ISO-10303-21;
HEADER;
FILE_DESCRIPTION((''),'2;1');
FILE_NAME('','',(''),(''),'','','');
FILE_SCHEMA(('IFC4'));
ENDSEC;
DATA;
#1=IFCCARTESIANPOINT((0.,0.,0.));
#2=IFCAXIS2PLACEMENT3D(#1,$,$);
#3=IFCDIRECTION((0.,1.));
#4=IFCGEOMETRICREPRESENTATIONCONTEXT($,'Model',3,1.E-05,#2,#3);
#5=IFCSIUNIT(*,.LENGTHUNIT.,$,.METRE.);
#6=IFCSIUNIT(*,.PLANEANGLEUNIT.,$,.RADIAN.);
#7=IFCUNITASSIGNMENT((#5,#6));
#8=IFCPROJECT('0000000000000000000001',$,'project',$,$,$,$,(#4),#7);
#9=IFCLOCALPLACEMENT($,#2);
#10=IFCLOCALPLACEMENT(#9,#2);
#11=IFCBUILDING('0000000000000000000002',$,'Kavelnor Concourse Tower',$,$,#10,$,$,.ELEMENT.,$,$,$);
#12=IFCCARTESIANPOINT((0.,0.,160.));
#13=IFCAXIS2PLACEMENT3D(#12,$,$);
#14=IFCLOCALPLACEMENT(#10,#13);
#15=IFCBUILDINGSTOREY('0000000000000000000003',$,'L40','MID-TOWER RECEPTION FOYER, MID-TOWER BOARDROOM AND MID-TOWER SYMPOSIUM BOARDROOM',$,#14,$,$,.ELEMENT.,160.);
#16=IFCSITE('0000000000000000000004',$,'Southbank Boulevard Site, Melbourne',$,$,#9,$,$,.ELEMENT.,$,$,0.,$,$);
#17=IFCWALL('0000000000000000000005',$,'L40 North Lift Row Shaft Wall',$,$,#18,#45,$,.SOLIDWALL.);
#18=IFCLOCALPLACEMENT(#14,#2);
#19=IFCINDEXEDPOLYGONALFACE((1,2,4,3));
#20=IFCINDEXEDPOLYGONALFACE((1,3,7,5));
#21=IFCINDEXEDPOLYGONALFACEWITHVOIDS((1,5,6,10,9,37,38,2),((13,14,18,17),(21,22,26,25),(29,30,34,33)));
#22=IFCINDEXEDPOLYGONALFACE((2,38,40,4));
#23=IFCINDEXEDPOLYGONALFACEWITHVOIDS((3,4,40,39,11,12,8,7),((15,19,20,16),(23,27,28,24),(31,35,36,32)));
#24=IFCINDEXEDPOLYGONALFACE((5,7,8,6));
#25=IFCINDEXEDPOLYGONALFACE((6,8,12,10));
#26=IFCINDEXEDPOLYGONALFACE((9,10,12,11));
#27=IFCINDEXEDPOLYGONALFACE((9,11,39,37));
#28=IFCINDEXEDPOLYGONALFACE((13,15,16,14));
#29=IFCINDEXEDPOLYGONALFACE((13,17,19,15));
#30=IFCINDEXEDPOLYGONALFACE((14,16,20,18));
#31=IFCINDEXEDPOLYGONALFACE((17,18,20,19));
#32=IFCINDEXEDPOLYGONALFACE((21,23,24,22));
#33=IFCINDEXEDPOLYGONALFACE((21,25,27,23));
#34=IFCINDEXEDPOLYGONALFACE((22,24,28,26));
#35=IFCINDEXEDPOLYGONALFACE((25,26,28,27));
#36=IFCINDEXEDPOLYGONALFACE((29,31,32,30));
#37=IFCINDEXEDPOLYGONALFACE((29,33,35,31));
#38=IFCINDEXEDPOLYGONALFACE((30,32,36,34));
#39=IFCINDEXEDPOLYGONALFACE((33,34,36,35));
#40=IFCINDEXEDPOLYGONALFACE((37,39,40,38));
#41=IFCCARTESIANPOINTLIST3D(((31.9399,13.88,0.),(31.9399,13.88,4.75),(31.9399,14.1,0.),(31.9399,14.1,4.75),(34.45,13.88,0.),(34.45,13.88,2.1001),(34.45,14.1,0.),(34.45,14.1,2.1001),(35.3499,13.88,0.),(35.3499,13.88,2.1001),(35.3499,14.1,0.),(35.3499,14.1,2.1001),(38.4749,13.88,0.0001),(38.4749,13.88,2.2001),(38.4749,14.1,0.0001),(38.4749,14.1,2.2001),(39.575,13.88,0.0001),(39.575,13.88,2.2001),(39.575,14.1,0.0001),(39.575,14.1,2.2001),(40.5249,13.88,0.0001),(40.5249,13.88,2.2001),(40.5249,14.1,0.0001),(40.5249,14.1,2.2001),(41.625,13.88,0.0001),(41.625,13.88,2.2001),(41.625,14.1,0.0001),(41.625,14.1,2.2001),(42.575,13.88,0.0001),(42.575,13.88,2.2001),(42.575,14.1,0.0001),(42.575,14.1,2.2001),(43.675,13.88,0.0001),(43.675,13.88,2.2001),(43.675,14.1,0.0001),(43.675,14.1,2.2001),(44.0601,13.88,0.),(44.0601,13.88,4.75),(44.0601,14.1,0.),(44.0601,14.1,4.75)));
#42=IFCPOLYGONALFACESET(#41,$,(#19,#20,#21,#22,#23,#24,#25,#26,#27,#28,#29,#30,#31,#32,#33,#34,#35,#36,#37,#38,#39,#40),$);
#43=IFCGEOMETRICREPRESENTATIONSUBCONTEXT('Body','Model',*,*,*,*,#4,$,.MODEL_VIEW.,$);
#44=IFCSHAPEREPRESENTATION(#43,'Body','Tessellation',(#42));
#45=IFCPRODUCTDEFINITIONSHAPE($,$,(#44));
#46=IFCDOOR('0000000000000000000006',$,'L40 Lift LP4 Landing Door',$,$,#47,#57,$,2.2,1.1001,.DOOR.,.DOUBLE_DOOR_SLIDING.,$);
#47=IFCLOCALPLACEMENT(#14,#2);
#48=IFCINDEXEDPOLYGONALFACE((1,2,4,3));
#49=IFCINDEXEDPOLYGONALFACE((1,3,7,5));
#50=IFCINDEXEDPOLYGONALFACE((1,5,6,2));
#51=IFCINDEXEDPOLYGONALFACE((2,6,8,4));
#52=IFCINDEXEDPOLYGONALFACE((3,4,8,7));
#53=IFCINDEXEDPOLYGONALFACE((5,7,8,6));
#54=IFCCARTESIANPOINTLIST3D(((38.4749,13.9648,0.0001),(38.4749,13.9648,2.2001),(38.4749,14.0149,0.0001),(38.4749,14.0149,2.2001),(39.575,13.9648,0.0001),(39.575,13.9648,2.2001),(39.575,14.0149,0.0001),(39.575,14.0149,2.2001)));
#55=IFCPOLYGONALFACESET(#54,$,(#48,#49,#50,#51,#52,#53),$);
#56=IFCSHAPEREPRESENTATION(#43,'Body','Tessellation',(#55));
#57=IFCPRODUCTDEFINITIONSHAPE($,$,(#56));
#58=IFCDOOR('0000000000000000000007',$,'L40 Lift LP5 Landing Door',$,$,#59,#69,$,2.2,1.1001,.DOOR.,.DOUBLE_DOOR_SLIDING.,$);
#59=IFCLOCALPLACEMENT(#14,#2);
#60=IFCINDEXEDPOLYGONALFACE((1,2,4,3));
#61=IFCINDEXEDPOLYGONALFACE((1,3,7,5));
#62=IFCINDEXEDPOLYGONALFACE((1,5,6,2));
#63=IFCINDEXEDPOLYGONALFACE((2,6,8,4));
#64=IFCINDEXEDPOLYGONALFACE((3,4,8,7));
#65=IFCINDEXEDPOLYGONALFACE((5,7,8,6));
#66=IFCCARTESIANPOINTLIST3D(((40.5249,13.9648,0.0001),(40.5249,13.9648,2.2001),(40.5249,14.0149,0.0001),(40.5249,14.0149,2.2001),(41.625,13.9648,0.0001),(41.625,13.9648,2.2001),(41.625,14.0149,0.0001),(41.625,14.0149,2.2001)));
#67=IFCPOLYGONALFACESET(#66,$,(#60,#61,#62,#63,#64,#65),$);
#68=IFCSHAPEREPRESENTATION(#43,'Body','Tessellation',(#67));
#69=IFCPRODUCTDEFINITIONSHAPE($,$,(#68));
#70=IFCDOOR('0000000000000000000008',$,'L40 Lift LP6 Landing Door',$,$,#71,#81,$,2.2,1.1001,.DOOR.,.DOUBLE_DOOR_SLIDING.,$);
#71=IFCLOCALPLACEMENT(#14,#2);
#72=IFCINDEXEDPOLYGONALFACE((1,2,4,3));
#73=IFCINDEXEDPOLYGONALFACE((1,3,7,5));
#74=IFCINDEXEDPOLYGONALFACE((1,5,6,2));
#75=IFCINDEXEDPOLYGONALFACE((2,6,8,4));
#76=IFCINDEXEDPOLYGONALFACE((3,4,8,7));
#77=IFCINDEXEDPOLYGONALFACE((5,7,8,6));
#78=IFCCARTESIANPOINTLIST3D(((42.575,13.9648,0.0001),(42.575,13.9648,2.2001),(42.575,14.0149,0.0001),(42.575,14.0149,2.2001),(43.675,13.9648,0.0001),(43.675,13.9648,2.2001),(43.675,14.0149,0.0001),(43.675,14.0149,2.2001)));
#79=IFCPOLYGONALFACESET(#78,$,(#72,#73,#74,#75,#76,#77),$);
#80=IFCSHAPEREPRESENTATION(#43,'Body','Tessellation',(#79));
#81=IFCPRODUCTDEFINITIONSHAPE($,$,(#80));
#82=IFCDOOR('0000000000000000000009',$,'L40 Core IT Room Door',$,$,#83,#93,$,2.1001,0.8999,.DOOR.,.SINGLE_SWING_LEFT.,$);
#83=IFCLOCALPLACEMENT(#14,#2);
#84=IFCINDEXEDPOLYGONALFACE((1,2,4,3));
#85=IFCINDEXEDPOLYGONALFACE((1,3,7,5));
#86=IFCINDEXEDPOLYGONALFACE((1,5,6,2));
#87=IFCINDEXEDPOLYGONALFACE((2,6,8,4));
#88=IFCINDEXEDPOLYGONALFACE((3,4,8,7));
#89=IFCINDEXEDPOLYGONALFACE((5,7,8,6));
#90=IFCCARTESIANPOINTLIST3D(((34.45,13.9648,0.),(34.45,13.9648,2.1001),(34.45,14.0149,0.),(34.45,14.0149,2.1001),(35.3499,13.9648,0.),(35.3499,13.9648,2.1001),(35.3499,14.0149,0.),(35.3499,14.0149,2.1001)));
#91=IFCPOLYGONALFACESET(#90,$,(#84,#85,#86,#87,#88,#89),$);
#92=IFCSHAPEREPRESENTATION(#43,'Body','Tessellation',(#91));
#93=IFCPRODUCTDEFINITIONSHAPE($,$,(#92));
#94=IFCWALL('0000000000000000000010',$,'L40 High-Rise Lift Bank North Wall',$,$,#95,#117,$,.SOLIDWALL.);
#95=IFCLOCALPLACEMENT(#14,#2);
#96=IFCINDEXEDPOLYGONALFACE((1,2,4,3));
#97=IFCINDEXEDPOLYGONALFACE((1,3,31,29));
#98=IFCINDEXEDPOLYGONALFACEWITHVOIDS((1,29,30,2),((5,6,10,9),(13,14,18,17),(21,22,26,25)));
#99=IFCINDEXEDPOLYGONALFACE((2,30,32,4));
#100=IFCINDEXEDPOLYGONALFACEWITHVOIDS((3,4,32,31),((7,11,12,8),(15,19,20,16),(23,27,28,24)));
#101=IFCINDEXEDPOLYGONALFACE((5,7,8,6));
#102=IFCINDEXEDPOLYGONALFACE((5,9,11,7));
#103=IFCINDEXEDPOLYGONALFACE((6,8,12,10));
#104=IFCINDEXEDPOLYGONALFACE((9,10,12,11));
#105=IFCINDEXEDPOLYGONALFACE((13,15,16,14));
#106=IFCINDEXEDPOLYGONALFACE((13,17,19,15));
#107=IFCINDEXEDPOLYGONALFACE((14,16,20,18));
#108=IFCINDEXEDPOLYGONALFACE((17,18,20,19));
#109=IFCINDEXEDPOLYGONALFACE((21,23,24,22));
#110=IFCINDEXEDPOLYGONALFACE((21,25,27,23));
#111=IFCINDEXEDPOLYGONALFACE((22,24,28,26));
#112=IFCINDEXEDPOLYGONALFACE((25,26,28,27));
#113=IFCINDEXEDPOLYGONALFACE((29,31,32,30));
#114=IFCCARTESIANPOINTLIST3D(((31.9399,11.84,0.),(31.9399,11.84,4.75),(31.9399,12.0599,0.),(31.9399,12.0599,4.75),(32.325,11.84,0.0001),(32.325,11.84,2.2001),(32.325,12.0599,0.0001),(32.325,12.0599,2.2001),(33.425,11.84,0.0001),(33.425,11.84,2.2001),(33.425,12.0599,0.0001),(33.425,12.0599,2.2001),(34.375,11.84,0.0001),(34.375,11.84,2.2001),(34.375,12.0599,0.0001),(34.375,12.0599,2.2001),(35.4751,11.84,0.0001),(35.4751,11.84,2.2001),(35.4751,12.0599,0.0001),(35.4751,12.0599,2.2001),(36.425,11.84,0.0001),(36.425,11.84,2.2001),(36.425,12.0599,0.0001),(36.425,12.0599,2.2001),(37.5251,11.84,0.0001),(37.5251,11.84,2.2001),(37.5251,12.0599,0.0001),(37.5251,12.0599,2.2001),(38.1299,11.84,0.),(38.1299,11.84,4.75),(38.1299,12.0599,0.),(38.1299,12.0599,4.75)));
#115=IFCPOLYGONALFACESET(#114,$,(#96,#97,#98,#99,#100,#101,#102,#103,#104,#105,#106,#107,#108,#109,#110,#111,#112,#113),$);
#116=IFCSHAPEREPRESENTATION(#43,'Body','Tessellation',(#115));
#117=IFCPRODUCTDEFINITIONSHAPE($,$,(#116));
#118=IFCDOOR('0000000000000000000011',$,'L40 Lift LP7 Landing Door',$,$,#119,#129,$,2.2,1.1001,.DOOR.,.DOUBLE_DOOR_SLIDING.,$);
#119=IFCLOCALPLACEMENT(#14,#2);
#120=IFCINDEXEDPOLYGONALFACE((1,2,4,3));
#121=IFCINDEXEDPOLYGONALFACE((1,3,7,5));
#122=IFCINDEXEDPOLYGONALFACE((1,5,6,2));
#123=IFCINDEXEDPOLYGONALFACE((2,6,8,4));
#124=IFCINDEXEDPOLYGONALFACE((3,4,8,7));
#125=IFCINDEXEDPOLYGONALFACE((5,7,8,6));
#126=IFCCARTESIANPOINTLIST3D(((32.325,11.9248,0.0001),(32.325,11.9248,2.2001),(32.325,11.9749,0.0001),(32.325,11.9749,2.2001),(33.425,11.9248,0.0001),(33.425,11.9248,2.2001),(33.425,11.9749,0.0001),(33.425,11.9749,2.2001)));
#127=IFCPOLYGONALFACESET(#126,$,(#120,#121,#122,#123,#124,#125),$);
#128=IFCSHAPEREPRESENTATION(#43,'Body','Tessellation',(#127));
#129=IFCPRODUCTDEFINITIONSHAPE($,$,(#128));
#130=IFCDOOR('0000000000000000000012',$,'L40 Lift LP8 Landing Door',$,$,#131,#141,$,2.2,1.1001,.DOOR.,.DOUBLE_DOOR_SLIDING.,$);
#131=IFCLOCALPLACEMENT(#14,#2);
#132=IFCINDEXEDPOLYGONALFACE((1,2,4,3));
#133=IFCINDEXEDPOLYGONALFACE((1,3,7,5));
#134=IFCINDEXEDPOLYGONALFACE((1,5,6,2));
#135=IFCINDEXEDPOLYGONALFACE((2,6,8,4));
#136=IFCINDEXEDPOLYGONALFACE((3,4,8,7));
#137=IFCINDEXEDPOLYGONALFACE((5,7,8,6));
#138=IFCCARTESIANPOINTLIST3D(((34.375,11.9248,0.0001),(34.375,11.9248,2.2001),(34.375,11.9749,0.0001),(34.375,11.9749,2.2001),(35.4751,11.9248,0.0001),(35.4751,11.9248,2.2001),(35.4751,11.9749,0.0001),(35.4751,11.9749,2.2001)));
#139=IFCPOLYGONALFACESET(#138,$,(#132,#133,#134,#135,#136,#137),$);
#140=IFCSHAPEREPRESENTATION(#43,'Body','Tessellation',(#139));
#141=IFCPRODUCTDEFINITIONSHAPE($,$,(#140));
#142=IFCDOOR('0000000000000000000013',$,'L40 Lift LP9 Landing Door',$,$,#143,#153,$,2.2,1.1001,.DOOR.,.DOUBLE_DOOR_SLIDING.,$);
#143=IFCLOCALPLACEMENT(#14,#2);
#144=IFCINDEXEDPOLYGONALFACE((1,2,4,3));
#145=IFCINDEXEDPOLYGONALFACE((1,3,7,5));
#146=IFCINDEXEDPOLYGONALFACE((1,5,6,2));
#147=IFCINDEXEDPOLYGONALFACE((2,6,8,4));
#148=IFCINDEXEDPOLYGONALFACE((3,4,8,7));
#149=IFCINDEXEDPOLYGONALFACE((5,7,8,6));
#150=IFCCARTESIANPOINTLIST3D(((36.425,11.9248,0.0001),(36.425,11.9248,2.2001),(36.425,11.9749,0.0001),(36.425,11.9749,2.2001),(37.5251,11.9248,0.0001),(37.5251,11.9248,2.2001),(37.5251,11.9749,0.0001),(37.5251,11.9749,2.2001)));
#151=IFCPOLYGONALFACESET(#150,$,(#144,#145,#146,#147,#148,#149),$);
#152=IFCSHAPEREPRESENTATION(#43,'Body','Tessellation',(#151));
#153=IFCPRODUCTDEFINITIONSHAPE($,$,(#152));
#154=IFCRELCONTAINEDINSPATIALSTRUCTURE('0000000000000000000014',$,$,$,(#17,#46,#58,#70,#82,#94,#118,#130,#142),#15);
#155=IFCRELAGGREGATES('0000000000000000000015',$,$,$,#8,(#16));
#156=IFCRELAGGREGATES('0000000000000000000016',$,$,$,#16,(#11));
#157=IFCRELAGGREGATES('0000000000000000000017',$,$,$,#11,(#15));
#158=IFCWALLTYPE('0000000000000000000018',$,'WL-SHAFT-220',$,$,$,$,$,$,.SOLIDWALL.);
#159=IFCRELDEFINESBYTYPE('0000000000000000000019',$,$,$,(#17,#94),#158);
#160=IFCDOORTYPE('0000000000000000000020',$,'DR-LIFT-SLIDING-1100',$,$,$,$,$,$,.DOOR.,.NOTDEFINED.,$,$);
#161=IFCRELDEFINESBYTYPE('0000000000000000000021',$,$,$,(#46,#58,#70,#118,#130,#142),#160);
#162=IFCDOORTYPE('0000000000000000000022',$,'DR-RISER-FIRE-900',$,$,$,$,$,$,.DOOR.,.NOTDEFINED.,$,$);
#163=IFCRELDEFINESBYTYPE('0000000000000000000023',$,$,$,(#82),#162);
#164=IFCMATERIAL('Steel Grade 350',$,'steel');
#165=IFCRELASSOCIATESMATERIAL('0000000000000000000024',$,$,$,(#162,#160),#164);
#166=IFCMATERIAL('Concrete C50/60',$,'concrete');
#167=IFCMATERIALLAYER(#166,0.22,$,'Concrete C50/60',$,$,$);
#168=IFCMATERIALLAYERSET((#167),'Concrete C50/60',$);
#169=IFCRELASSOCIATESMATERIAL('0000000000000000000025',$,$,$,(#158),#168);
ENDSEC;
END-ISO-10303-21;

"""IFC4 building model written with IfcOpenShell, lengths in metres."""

from ifc_helpers import new_model, si_unit, direction, frame, frame_2d, origin, place, context, subcontext, project, spatial, rectangle, extrude, material, layer, layer_set, type_object, element, fill, save


model = new_model("IFC4")

# Units and contexts
model_context = context("Model", 3, precision=1e-05, world=origin(), true_north=direction((0.0, 1.0)))
body_context = subcontext(model_context, "Body", "Model", "MODEL_VIEW")
ifc_project = project(units=[si_unit("LENGTHUNIT", "METRE"), si_unit("PLANEANGLEUNIT", "RADIAN")], contexts=[model_context])

# Site, building, storey
site_placement = place(None, origin())
site = spatial("IfcSite", under=ifc_project, at=site_placement, Name="Southbank Boulevard Site, Melbourne", CompositionType="ELEMENT", RefElevation=0.0)
building_placement = place(site_placement, origin())
building = spatial("IfcBuilding", under=site, at=building_placement, Name="Kavelnor Concourse Tower", CompositionType="ELEMENT")
storey_placement = place(building_placement, frame((0.0, 0.0, 160.0)))
storey = spatial("IfcBuildingStorey", under=building, at=storey_placement, Name="L40", Description="MID-TOWER RECEPTION FOYER, MID-TOWER BOARDROOM AND MID-TOWER SYMPOSIUM BOARDROOM", CompositionType="ELEMENT", Elevation=160.0)

# Shared definitions
ifc_material_1 = material(Name="Steel Grade 350", Category="steel")

# Shared definitions
ifc_material_2 = material(Name="Concrete C50/60", Category="concrete")

# Shared definitions
door_type_1 = type_object("IfcDoorType", Name="DR-RISER-FIRE-900", OperationType="NOTDEFINED", PredefinedType="DOOR", material=ifc_material_1)

# Shared definitions
ifc_layer_1 = layer(ifc_material_2, 0.22, Name="Concrete C50/60")
ifc_layer_set_1 = layer_set([ifc_layer_1], Name="Concrete C50/60")
wall_type_1 = type_object("IfcWallType", Name="WL-SHAFT-220", PredefinedType="SOLIDWALL", material=ifc_layer_set_1)

# Walls, openings, doors
wall_1_placement = place(storey_placement, frame((31.9399, 13.99, 0.0), z_axis=(0.0, 0.0, 1.0), x_axis=(1.0, 0.0, 0.0)))
wall_1 = element("IfcWall", 1, at=wall_1_placement, inside=storey, type_object=wall_type_1, Name="L40 North Lift Row Shaft Wall", PredefinedType="SOLIDWALL", context=body_context, shape_type="SweptSolid", body=[
    extrude(rectangle(XDim=12.1201, YDim=0.22, at=frame_2d((6.0601, 0.0))), origin(), (0.0, 0.0, 1.0), 4.75),
])
opening_1_placement = place(wall_1_placement, frame((2.51, 0.0, 0.0)))
opening_1 = element("IfcOpeningElement", 2, at=opening_1_placement, cuts=wall_1, PredefinedType="OPENING", context=body_context, shape_type="SweptSolid", body=[
    extrude(rectangle(XDim=0.8999, YDim=2.1001, at=frame_2d((0.45, 1.05))), frame((0.0, 0.1201, 0.0), z_axis=(0.0, -1.0, 0.0), x_axis=(1.0, 0.0, 0.0)), (0.0, 0.0, 1.0), 0.24),
])
opening_2_placement = place(wall_1_placement, frame((6.5349, 0.0, 0.0)))
opening_2 = element("IfcOpeningElement", 3, at=opening_2_placement, cuts=wall_1, PredefinedType="OPENING", context=body_context, shape_type="SweptSolid", body=[
    extrude(rectangle(XDim=1.1001, YDim=2.2, at=frame_2d((0.55, 1.1001))), frame((0.0, 0.1201, 0.0), z_axis=(0.0, -1.0, 0.0), x_axis=(1.0, 0.0, 0.0)), (0.0, 0.0, 1.0), 0.24),
])
opening_3_placement = place(wall_1_placement, frame((8.585, 0.0, 0.0)))
opening_3 = element("IfcOpeningElement", 4, at=opening_3_placement, cuts=wall_1, PredefinedType="OPENING", context=body_context, shape_type="SweptSolid", body=[
    extrude(rectangle(XDim=1.1001, YDim=2.2, at=frame_2d((0.55, 1.1001))), frame((0.0, 0.1201, 0.0), z_axis=(0.0, -1.0, 0.0), x_axis=(1.0, 0.0, 0.0)), (0.0, 0.0, 1.0), 0.24),
])
opening_4_placement = place(wall_1_placement, frame((10.635, 0.0, 0.0)))
opening_4 = element("IfcOpeningElement", 5, at=opening_4_placement, cuts=wall_1, PredefinedType="OPENING", context=body_context, shape_type="SweptSolid", body=[
    extrude(rectangle(XDim=1.1001, YDim=2.2, at=frame_2d((0.55, 1.1001))), frame((0.0, 0.1201, 0.0), z_axis=(0.0, -1.0, 0.0), x_axis=(1.0, 0.0, 0.0)), (0.0, 0.0, 1.0), 0.24),
])
door_type_2 = type_object("IfcDoorType", Name="DR-LIFT-SLIDING-1100", OperationType="NOTDEFINED", PredefinedType="DOOR", material=ifc_material_1)
door_1_placement = place(opening_2_placement, origin())
door_1 = element("IfcDoor", 6, at=door_1_placement, inside=storey, type_object=door_type_2, Name="L40 Lift LP4 Landing Door", OperationType="DOUBLE_DOOR_SLIDING", OverallHeight=2.2, OverallWidth=1.1001, PredefinedType="DOOR", context=body_context, shape_type="SweptSolid", body=[
    extrude(rectangle(XDim=1.1001, YDim=2.2, at=frame_2d((0.55, 1.1001))), frame((0.0, 0.0249, 0.0), z_axis=(0.0, -1.0, 0.0), x_axis=(1.0, 0.0, 0.0)), (0.0, 0.0, 1.0), 0.05),
])
fill(opening_2, door_1)
door_2_placement = place(opening_3_placement, origin())
door_2 = element("IfcDoor", 7, at=door_2_placement, inside=storey, type_object=door_type_2, Name="L40 Lift LP5 Landing Door", OperationType="DOUBLE_DOOR_SLIDING", OverallHeight=2.2, OverallWidth=1.1001, PredefinedType="DOOR", context=body_context, shape_type="SweptSolid", body=[
    extrude(rectangle(XDim=1.1001, YDim=2.2, at=frame_2d((0.55, 1.1001))), frame((0.0, 0.0249, 0.0), z_axis=(0.0, -1.0, 0.0), x_axis=(1.0, 0.0, 0.0)), (0.0, 0.0, 1.0), 0.05),
])
fill(opening_3, door_2)
door_3_placement = place(opening_4_placement, origin())
door_3 = element("IfcDoor", 8, at=door_3_placement, inside=storey, type_object=door_type_2, Name="L40 Lift LP6 Landing Door", OperationType="DOUBLE_DOOR_SLIDING", OverallHeight=2.2, OverallWidth=1.1001, PredefinedType="DOOR", context=body_context, shape_type="SweptSolid", body=[
    extrude(rectangle(XDim=1.1001, YDim=2.2, at=frame_2d((0.55, 1.1001))), frame((0.0, 0.0249, 0.0), z_axis=(0.0, -1.0, 0.0), x_axis=(1.0, 0.0, 0.0)), (0.0, 0.0, 1.0), 0.05),
])
fill(opening_4, door_3)
door_4_placement = place(opening_1_placement, origin())
door_4 = element("IfcDoor", 9, at=door_4_placement, inside=storey, type_object=door_type_1, Name="L40 Core IT Room Door", OperationType="SINGLE_SWING_LEFT", OverallHeight=2.1001, OverallWidth=0.8999, PredefinedType="DOOR", context=body_context, shape_type="SweptSolid", body=[
    extrude(rectangle(XDim=0.8999, YDim=2.1001, at=frame_2d((0.45, 1.05))), frame((0.0, 0.0249, 0.0), z_axis=(0.0, -1.0, 0.0), x_axis=(1.0, 0.0, 0.0)), (0.0, 0.0, 1.0), 0.05),
])
fill(opening_1, door_4)
wall_2_placement = place(storey_placement, frame((31.9399, 11.95, 0.0), z_axis=(0.0, 0.0, 1.0), x_axis=(1.0, 0.0, 0.0)))
wall_2 = element("IfcWall", 10, at=wall_2_placement, inside=storey, type_object=wall_type_1, Name="L40 High-Rise Lift Bank North Wall", PredefinedType="SOLIDWALL", context=body_context, shape_type="SweptSolid", body=[
    extrude(rectangle(XDim=6.1899, YDim=0.22, at=frame_2d((3.095, 0.0))), origin(), (0.0, 0.0, 1.0), 4.75),
])
opening_5_placement = place(wall_2_placement, frame((0.385, 0.0, 0.0)))
opening_5 = element("IfcOpeningElement", 11, at=opening_5_placement, cuts=wall_2, PredefinedType="OPENING", context=body_context, shape_type="SweptSolid", body=[
    extrude(rectangle(XDim=1.1001, YDim=2.2, at=frame_2d((0.55, 1.1001))), frame((0.0, 0.1201, 0.0), z_axis=(0.0, -1.0, 0.0), x_axis=(1.0, 0.0, 0.0)), (0.0, 0.0, 1.0), 0.24),
])
opening_6_placement = place(wall_2_placement, frame((2.4351, 0.0, 0.0)))
opening_6 = element("IfcOpeningElement", 12, at=opening_6_placement, cuts=wall_2, PredefinedType="OPENING", context=body_context, shape_type="SweptSolid", body=[
    extrude(rectangle(XDim=1.1001, YDim=2.2, at=frame_2d((0.55, 1.1001))), frame((0.0, 0.1201, 0.0), z_axis=(0.0, -1.0, 0.0), x_axis=(1.0, 0.0, 0.0)), (0.0, 0.0, 1.0), 0.24),
])
opening_7_placement = place(wall_2_placement, frame((4.4851, 0.0, 0.0)))
opening_7 = element("IfcOpeningElement", 13, at=opening_7_placement, cuts=wall_2, PredefinedType="OPENING", context=body_context, shape_type="SweptSolid", body=[
    extrude(rectangle(XDim=1.1001, YDim=2.2, at=frame_2d((0.55, 1.1001))), frame((0.0, 0.1201, 0.0), z_axis=(0.0, -1.0, 0.0), x_axis=(1.0, 0.0, 0.0)), (0.0, 0.0, 1.0), 0.24),
])
door_5_placement = place(opening_5_placement, origin())
door_5 = element("IfcDoor", 14, at=door_5_placement, inside=storey, type_object=door_type_2, Name="L40 Lift LP7 Landing Door", OperationType="DOUBLE_DOOR_SLIDING", OverallHeight=2.2, OverallWidth=1.1001, PredefinedType="DOOR", context=body_context, shape_type="SweptSolid", body=[
    extrude(rectangle(XDim=1.1001, YDim=2.2, at=frame_2d((0.55, 1.1001))), frame((0.0, 0.0249, 0.0), z_axis=(0.0, -1.0, 0.0), x_axis=(1.0, 0.0, 0.0)), (0.0, 0.0, 1.0), 0.05),
])
fill(opening_5, door_5)
door_6_placement = place(opening_6_placement, origin())
door_6 = element("IfcDoor", 15, at=door_6_placement, inside=storey, type_object=door_type_2, Name="L40 Lift LP8 Landing Door", OperationType="DOUBLE_DOOR_SLIDING", OverallHeight=2.2, OverallWidth=1.1001, PredefinedType="DOOR", context=body_context, shape_type="SweptSolid", body=[
    extrude(rectangle(XDim=1.1001, YDim=2.2, at=frame_2d((0.55, 1.1001))), frame((0.0, 0.0249, 0.0), z_axis=(0.0, -1.0, 0.0), x_axis=(1.0, 0.0, 0.0)), (0.0, 0.0, 1.0), 0.05),
])
fill(opening_6, door_6)
door_7_placement = place(opening_7_placement, origin())
door_7 = element("IfcDoor", 16, at=door_7_placement, inside=storey, type_object=door_type_2, Name="L40 Lift LP9 Landing Door", OperationType="DOUBLE_DOOR_SLIDING", OverallHeight=2.2, OverallWidth=1.1001, PredefinedType="DOOR", context=body_context, shape_type="SweptSolid", body=[
    extrude(rectangle(XDim=1.1001, YDim=2.2, at=frame_2d((0.55, 1.1001))), frame((0.0, 0.0249, 0.0), z_axis=(0.0, -1.0, 0.0), x_axis=(1.0, 0.0, 0.0)), (0.0, 0.0, 1.0), 0.05),
])
fill(opening_7, door_7)

save(model, "model.ifc")
